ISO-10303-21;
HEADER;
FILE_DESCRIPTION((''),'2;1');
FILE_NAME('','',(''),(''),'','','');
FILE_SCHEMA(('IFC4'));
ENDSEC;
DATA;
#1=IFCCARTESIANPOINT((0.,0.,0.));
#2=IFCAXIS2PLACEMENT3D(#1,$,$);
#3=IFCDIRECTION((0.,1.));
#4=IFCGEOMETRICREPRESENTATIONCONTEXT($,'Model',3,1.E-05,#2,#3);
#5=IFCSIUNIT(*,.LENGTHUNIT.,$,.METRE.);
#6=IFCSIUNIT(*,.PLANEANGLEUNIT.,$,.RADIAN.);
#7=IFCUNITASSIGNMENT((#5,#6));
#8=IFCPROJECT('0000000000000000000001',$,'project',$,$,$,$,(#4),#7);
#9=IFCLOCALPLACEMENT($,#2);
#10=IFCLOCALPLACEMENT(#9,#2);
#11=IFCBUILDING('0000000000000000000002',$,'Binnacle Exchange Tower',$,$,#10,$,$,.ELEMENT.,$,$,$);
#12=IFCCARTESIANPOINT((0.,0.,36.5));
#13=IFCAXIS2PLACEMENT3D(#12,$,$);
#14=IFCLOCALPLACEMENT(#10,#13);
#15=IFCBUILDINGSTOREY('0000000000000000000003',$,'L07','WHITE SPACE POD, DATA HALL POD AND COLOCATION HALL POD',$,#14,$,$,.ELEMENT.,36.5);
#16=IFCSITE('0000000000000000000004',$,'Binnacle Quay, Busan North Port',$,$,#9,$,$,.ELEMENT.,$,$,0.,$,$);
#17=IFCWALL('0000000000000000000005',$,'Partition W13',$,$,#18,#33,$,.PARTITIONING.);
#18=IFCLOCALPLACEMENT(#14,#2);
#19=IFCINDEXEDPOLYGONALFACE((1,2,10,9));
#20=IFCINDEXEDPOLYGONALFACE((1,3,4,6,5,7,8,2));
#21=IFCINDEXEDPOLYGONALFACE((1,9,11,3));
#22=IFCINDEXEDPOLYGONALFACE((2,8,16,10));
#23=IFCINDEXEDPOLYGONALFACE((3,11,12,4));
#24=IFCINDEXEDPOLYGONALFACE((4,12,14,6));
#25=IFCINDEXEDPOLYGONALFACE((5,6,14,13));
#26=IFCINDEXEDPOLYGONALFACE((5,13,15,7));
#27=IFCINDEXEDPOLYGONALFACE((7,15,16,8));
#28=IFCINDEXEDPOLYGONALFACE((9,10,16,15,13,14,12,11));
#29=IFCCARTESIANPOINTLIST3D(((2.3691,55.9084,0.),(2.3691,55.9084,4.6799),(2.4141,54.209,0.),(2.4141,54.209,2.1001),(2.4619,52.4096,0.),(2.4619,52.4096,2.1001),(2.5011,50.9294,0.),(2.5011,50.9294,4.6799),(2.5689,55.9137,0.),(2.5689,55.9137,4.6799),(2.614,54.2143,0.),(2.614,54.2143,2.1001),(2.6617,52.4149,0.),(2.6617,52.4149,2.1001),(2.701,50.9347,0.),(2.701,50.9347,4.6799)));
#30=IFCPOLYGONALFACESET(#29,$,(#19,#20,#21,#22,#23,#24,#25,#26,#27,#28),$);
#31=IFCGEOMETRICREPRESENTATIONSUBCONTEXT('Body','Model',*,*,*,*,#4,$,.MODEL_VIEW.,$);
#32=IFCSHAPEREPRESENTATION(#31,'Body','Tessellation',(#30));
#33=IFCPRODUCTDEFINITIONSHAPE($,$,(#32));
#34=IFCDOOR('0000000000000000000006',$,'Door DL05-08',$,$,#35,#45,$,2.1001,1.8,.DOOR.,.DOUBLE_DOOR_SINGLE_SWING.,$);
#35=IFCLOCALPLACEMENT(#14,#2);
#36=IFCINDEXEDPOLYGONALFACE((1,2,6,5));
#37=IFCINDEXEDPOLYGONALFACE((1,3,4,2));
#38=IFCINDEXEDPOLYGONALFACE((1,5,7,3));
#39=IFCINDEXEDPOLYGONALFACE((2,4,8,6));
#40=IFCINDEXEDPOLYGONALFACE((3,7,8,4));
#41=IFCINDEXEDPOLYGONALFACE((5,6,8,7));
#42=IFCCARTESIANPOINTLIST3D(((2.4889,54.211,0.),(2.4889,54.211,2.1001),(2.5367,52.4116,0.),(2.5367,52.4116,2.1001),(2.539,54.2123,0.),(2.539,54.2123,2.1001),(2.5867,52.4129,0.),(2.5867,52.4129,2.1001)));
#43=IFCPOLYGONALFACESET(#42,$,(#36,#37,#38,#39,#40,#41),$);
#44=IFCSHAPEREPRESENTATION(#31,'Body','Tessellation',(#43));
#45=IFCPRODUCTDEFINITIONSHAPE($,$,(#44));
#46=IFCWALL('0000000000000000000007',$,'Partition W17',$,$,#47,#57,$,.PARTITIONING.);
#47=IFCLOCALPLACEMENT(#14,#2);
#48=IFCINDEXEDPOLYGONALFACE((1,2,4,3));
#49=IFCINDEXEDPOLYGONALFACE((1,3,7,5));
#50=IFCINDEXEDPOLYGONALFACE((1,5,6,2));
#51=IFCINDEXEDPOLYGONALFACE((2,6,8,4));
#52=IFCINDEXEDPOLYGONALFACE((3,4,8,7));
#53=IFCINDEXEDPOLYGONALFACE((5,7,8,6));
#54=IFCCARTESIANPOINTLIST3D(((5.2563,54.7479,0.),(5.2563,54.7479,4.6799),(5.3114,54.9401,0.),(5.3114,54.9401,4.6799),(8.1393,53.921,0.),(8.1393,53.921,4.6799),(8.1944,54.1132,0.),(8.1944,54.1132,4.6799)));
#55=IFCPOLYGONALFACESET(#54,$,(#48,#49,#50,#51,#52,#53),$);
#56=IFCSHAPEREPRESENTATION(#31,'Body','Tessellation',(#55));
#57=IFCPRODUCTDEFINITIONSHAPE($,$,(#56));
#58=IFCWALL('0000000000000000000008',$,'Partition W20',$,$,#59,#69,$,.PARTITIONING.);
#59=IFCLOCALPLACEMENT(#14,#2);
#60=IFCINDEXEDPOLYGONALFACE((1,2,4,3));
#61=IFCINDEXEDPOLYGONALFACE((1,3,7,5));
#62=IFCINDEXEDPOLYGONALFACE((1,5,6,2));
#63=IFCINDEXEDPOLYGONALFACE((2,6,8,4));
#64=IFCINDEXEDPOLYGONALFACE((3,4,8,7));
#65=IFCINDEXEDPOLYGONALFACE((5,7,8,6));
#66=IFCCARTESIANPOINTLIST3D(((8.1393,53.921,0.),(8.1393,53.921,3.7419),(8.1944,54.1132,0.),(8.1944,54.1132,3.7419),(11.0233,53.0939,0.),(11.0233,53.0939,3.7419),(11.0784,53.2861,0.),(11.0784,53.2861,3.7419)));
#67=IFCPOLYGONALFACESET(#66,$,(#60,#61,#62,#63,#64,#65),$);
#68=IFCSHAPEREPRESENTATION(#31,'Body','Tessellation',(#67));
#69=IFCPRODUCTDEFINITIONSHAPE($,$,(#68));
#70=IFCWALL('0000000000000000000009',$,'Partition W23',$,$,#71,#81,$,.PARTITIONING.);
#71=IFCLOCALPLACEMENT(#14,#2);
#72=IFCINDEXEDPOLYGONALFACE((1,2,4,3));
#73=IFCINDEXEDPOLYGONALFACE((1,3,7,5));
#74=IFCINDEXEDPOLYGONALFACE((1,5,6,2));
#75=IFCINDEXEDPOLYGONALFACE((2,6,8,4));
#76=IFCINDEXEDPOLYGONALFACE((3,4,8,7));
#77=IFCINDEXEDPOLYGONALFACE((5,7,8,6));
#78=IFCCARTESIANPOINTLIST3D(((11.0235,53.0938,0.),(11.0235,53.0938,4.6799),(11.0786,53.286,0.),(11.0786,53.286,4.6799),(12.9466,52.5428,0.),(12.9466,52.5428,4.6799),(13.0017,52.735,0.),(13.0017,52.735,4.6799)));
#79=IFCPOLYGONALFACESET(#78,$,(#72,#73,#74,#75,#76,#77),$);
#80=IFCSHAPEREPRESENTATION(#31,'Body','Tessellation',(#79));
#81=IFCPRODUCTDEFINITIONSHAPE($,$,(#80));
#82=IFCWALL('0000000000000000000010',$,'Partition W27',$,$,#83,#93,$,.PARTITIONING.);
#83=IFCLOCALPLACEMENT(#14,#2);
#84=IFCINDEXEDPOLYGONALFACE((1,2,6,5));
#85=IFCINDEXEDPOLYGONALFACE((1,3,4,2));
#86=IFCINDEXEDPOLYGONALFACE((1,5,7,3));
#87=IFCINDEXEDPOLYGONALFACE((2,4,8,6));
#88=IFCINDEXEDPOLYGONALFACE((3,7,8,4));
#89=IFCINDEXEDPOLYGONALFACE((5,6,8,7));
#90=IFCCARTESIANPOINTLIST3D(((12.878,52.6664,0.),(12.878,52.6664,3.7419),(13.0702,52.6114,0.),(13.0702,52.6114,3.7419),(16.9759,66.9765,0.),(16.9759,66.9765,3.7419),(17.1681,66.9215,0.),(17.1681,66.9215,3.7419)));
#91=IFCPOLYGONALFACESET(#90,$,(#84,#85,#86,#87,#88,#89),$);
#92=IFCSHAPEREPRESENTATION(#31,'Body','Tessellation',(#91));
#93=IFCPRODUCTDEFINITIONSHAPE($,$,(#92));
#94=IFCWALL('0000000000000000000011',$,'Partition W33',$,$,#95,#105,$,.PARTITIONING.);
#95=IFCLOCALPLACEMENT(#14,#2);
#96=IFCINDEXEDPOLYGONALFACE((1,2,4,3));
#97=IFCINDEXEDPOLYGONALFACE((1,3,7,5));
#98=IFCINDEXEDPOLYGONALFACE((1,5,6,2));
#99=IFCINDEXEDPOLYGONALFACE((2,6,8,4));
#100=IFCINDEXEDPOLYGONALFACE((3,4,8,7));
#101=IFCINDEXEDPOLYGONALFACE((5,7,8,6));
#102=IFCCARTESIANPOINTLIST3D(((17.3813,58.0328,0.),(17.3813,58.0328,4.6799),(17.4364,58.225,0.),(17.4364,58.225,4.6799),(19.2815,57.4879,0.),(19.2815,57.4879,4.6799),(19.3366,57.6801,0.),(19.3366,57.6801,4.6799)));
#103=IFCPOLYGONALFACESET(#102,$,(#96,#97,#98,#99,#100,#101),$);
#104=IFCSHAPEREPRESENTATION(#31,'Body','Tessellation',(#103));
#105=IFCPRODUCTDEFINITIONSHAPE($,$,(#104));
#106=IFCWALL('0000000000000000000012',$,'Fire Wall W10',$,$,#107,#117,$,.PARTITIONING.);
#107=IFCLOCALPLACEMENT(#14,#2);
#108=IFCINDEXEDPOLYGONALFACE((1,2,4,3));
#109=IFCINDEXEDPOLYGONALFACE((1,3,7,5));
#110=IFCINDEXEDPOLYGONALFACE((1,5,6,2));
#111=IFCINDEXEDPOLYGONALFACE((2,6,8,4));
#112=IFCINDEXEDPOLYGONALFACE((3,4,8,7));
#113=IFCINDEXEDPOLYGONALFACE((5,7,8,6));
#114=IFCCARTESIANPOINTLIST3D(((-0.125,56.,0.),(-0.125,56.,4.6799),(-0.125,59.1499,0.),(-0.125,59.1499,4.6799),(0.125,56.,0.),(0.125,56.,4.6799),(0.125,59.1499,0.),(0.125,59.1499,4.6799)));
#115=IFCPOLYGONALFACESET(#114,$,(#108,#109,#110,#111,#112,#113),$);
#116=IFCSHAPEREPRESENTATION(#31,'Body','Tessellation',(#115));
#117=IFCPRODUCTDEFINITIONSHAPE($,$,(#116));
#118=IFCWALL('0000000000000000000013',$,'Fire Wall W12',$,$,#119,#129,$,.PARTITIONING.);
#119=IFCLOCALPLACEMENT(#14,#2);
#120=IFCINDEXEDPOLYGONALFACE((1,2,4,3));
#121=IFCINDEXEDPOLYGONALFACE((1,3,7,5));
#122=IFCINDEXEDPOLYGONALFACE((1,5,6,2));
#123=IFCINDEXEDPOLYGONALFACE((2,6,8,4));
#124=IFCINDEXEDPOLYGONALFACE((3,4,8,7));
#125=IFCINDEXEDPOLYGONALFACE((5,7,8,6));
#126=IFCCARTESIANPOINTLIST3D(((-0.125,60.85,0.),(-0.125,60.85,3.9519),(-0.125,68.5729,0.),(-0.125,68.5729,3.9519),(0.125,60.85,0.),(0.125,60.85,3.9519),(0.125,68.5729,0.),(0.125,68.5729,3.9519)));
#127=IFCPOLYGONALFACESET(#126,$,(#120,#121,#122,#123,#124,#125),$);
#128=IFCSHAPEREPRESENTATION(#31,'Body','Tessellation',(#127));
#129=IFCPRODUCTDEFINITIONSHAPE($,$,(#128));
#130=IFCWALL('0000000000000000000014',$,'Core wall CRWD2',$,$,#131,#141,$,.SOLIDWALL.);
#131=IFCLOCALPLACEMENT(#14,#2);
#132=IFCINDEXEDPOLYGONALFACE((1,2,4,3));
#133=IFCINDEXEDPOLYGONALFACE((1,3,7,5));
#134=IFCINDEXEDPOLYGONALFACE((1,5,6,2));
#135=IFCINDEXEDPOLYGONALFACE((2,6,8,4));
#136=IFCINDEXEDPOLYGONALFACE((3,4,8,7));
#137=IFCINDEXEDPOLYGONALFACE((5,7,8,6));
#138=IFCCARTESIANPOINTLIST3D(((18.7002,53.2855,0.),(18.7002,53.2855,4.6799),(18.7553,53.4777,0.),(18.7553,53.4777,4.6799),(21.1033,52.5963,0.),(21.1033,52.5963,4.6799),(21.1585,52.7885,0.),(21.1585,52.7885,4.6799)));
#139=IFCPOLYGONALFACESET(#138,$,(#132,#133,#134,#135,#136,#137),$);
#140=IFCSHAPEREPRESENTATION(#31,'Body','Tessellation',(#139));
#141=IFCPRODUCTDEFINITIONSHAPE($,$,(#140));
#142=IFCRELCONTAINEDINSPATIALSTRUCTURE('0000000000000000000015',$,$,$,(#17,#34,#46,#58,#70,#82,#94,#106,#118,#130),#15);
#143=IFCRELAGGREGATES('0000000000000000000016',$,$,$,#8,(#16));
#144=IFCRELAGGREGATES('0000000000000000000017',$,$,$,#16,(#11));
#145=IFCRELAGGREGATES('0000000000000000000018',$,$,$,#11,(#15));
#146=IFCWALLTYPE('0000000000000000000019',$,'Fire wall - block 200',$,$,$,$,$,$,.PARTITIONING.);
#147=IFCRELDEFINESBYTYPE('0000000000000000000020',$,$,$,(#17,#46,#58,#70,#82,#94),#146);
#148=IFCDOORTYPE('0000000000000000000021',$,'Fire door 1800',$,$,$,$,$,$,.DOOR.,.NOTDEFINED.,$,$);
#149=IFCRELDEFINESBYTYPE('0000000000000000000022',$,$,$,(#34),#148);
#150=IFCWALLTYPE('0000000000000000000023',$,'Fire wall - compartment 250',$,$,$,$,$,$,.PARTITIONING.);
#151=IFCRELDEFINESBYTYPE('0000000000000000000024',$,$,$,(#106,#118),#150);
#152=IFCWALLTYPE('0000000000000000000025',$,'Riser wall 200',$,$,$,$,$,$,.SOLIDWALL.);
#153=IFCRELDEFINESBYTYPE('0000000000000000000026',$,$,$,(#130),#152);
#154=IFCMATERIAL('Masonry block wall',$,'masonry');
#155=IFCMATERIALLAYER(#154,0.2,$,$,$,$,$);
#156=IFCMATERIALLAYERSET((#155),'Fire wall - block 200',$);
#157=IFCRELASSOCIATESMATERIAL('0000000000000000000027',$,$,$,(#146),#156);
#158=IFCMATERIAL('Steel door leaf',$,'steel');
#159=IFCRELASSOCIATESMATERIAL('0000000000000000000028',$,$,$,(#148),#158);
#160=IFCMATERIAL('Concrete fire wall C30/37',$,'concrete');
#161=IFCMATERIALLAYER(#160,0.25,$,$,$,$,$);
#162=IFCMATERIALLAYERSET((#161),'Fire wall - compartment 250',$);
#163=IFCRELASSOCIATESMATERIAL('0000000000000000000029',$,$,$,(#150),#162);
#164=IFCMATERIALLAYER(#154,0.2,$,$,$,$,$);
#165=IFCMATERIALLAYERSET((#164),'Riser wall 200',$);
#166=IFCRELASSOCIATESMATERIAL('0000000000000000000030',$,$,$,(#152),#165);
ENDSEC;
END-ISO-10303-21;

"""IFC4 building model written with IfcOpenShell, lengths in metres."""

from ifc_helpers import new_model, si_unit, direction, frame, frame_2d, origin, place, context, subcontext, project, spatial, rectangle, extrude, material, layer, layer_set, type_object, element, fill, save


model = new_model("IFC4")

# Units and contexts
model_context = context("Model", 3, precision=1e-05, world=origin(), true_north=direction((0.0, 1.0)))
body_context = subcontext(model_context, "Body", "Model", "MODEL_VIEW")
ifc_project = project(units=[si_unit("LENGTHUNIT", "METRE"), si_unit("PLANEANGLEUNIT", "RADIAN")], contexts=[model_context])

# Site, building, storey
site_placement = place(None, origin())
site = spatial("IfcSite", under=ifc_project, at=site_placement, Name="Binnacle Quay, Busan North Port", CompositionType="ELEMENT", RefElevation=0.0)
building_placement = place(site_placement, origin())
building = spatial("IfcBuilding", under=site, at=building_placement, Name="Binnacle Exchange Tower", CompositionType="ELEMENT")
storey_placement = place(building_placement, frame((0.0, 0.0, 36.5)))
storey = spatial("IfcBuildingStorey", under=building, at=storey_placement, Name="L07", Description="WHITE SPACE POD, DATA HALL POD AND COLOCATION HALL POD", CompositionType="ELEMENT", Elevation=36.5)

# Shared definitions
ifc_material_1 = material(Name="Masonry block wall", Category="masonry")
ifc_layer_1 = layer(ifc_material_1, 0.2)
ifc_layer_set_1 = layer_set([ifc_layer_1], Name="Fire wall - block 200")
wall_type_1 = type_object("IfcWallType", Name="Fire wall - block 200", PredefinedType="PARTITIONING", material=ifc_layer_set_1)

# Wall, opening, door
wall_1_placement = place(storey_placement, frame((2.469, 55.9109, 0.0), z_axis=(0.0, 0.0, 1.0), x_axis=(0.026518, -0.999648, 0.0)))
wall_1 = element("IfcWall", 1, at=wall_1_placement, inside=storey, type_object=wall_type_1, Name="Partition W13", PredefinedType="PARTITIONING", context=body_context, shape_type="SweptSolid", body=[
    extrude(rectangle(XDim=4.9807, YDim=0.2, at=frame_2d((2.4902, 0.0))), origin(), (0.0, 0.0, 1.0), 4.6799),
])
opening_1_placement = place(wall_1_placement, frame((1.7, 0.0, 0.0)))
opening_1 = element("IfcOpeningElement", 2, at=opening_1_placement, cuts=wall_1, PredefinedType="OPENING", context=body_context, shape_type="SweptSolid", body=[
    extrude(rectangle(XDim=1.8, YDim=2.1001, at=frame_2d((0.8999, 1.05))), frame((0.0, 0.1099, 0.0), z_axis=(0.0, -1.0, 0.0), x_axis=(1.0, 0.0, 0.0)), (0.0, 0.0, 1.0), 0.22),
])
ifc_material_2 = material(Name="Steel door leaf", Category="steel")
door_type = type_object("IfcDoorType", Name="Fire door 1800", OperationType="NOTDEFINED", PredefinedType="DOOR", material=ifc_material_2)
door_placement = place(opening_1_placement, origin())
door = element("IfcDoor", 3, at=door_placement, inside=storey, type_object=door_type, Name="Door DL05-08", OperationType="DOUBLE_DOOR_SINGLE_SWING", OverallHeight=2.1001, OverallWidth=1.8, PredefinedType="DOOR", context=body_context, shape_type="SweptSolid", body=[
    extrude(rectangle(XDim=1.8, YDim=2.1001, at=frame_2d((0.8999, 1.05))), frame((0.0, 0.0249, 0.0), z_axis=(0.0, -1.0, 0.0), x_axis=(1.0, 0.0, 0.0)), (0.0, 0.0, 1.0), 0.05),
])
fill(opening_1, door)

# Walls
wall_2_placement = place(storey_placement, frame((5.2839, 54.844, 0.0), z_axis=(0.0, 0.0, 1.0), x_axis=(0.961244, -0.275699, 0.0)))
element("IfcWall", 4, at=wall_2_placement, inside=storey, type_object=wall_type_1, Name="Partition W17", PredefinedType="PARTITIONING", context=body_context, shape_type="SweptSolid", body=[
    extrude(rectangle(XDim=2.9993, YDim=0.2, at=frame_2d((1.4995, 0.0))), origin(), (0.0, 0.0, 1.0), 4.6799),
])
wall_3_placement = place(storey_placement, frame((8.167, 54.0171, 0.0), z_axis=(0.0, 0.0, 1.0), x_axis=(0.961247, -0.275688, 0.0)))
element("IfcWall", 5, at=wall_3_placement, inside=storey, type_object=wall_type_1, Name="Partition W20", PredefinedType="PARTITIONING", context=body_context, shape_type="SweptSolid", body=[
    extrude(rectangle(XDim=3.0002, YDim=0.2, at=frame_2d((1.5, 0.0))), origin(), (0.0, 0.0, 1.0), 3.7419),
])
wall_4_placement = place(storey_placement, frame((11.051, 53.1899, 0.0), z_axis=(0.0, 0.0, 1.0), x_axis=(0.961316, -0.275446, 0.0)))
element("IfcWall", 6, at=wall_4_placement, inside=storey, type_object=wall_type_1, Name="Partition W23", PredefinedType="PARTITIONING", context=body_context, shape_type="SweptSolid", body=[
    extrude(rectangle(XDim=2.0005, YDim=0.2, at=frame_2d((1.0002, 0.0))), origin(), (0.0, 0.0, 1.0), 4.6799),
])
wall_5_placement = place(storey_placement, frame((12.9741, 52.6389, 0.0), z_axis=(0.0, 0.0, 1.0), x_axis=(0.275299, 0.961359, 0.0)))
element("IfcWall", 7, at=wall_5_placement, inside=storey, type_object=wall_type_1, Name="Partition W27", PredefinedType="PARTITIONING", context=body_context, shape_type="SweptSolid", body=[
    extrude(rectangle(XDim=14.8853, YDim=0.2, at=frame_2d((7.4426, 0.0))), origin(), (0.0, 0.0, 1.0), 3.7419),
])
wall_6_placement = place(storey_placement, frame((17.4089, 58.1289, 0.0), z_axis=(0.0, 0.0, 1.0), x_axis=(0.961253, -0.275667, 0.0)))
element("IfcWall", 8, at=wall_6_placement, inside=storey, type_object=wall_type_1, Name="Partition W33", PredefinedType="PARTITIONING", context=body_context, shape_type="SweptSolid", body=[
    extrude(rectangle(XDim=1.9768, YDim=0.2, at=frame_2d((0.9883, 0.0))), origin(), (0.0, 0.0, 1.0), 4.6799),
])
ifc_material_3 = material(Name="Concrete fire wall C30/37", Category="concrete")
ifc_layer_2 = layer(ifc_material_3, 0.25)
ifc_layer_set_2 = layer_set([ifc_layer_2], Name="Fire wall - compartment 250")
wall_type_2 = type_object("IfcWallType", Name="Fire wall - compartment 250", PredefinedType="PARTITIONING", material=ifc_layer_set_2)
wall_7_placement = place(storey_placement, frame((0.0, 56.0, 0.0), z_axis=(0.0, 0.0, 1.0), x_axis=(0.0, 1.0, 0.0)))
element("IfcWall", 9, at=wall_7_placement, inside=storey, type_object=wall_type_2, Name="Fire Wall W10", PredefinedType="PARTITIONING", context=body_context, shape_type="SweptSolid", body=[
    extrude(rectangle(XDim=3.1499, YDim=0.25, at=frame_2d((1.575, 0.0))), origin(), (0.0, 0.0, 1.0), 4.6799),
])
wall_8_placement = place(storey_placement, frame((0.0, 60.8501, 0.0), z_axis=(0.0, 0.0, 1.0), x_axis=(0.0, 1.0, 0.0)))
element("IfcWall", 10, at=wall_8_placement, inside=storey, type_object=wall_type_2, Name="Fire Wall W12", PredefinedType="PARTITIONING", context=body_context, shape_type="SweptSolid", body=[
    extrude(rectangle(XDim=7.7229, YDim=0.25, at=frame_2d((3.8613, 0.0))), origin(), (0.0, 0.0, 1.0), 3.9519),
])
ifc_layer_3 = layer(ifc_material_1, 0.2)
ifc_layer_set_3 = layer_set([ifc_layer_3], Name="Riser wall 200")
wall_type_3 = type_object("IfcWallType", Name="Riser wall 200", PredefinedType="SOLIDWALL", material=ifc_layer_set_3)
wall_9_placement = place(storey_placement, frame((18.7278, 53.3816, 0.0), z_axis=(0.0, 0.0, 1.0), x_axis=(0.961247, -0.275688, 0.0)))
element("IfcWall", 11, at=wall_9_placement, inside=storey, type_object=wall_type_3, Name="Core wall CRWD2", PredefinedType="SOLIDWALL", context=body_context, shape_type="SweptSolid", body=[
    extrude(rectangle(XDim=2.5, YDim=0.2, at=frame_2d((1.25, 0.0))), origin(), (0.0, 0.0, 1.0), 4.6799),
])

save(model, "model.ifc")
